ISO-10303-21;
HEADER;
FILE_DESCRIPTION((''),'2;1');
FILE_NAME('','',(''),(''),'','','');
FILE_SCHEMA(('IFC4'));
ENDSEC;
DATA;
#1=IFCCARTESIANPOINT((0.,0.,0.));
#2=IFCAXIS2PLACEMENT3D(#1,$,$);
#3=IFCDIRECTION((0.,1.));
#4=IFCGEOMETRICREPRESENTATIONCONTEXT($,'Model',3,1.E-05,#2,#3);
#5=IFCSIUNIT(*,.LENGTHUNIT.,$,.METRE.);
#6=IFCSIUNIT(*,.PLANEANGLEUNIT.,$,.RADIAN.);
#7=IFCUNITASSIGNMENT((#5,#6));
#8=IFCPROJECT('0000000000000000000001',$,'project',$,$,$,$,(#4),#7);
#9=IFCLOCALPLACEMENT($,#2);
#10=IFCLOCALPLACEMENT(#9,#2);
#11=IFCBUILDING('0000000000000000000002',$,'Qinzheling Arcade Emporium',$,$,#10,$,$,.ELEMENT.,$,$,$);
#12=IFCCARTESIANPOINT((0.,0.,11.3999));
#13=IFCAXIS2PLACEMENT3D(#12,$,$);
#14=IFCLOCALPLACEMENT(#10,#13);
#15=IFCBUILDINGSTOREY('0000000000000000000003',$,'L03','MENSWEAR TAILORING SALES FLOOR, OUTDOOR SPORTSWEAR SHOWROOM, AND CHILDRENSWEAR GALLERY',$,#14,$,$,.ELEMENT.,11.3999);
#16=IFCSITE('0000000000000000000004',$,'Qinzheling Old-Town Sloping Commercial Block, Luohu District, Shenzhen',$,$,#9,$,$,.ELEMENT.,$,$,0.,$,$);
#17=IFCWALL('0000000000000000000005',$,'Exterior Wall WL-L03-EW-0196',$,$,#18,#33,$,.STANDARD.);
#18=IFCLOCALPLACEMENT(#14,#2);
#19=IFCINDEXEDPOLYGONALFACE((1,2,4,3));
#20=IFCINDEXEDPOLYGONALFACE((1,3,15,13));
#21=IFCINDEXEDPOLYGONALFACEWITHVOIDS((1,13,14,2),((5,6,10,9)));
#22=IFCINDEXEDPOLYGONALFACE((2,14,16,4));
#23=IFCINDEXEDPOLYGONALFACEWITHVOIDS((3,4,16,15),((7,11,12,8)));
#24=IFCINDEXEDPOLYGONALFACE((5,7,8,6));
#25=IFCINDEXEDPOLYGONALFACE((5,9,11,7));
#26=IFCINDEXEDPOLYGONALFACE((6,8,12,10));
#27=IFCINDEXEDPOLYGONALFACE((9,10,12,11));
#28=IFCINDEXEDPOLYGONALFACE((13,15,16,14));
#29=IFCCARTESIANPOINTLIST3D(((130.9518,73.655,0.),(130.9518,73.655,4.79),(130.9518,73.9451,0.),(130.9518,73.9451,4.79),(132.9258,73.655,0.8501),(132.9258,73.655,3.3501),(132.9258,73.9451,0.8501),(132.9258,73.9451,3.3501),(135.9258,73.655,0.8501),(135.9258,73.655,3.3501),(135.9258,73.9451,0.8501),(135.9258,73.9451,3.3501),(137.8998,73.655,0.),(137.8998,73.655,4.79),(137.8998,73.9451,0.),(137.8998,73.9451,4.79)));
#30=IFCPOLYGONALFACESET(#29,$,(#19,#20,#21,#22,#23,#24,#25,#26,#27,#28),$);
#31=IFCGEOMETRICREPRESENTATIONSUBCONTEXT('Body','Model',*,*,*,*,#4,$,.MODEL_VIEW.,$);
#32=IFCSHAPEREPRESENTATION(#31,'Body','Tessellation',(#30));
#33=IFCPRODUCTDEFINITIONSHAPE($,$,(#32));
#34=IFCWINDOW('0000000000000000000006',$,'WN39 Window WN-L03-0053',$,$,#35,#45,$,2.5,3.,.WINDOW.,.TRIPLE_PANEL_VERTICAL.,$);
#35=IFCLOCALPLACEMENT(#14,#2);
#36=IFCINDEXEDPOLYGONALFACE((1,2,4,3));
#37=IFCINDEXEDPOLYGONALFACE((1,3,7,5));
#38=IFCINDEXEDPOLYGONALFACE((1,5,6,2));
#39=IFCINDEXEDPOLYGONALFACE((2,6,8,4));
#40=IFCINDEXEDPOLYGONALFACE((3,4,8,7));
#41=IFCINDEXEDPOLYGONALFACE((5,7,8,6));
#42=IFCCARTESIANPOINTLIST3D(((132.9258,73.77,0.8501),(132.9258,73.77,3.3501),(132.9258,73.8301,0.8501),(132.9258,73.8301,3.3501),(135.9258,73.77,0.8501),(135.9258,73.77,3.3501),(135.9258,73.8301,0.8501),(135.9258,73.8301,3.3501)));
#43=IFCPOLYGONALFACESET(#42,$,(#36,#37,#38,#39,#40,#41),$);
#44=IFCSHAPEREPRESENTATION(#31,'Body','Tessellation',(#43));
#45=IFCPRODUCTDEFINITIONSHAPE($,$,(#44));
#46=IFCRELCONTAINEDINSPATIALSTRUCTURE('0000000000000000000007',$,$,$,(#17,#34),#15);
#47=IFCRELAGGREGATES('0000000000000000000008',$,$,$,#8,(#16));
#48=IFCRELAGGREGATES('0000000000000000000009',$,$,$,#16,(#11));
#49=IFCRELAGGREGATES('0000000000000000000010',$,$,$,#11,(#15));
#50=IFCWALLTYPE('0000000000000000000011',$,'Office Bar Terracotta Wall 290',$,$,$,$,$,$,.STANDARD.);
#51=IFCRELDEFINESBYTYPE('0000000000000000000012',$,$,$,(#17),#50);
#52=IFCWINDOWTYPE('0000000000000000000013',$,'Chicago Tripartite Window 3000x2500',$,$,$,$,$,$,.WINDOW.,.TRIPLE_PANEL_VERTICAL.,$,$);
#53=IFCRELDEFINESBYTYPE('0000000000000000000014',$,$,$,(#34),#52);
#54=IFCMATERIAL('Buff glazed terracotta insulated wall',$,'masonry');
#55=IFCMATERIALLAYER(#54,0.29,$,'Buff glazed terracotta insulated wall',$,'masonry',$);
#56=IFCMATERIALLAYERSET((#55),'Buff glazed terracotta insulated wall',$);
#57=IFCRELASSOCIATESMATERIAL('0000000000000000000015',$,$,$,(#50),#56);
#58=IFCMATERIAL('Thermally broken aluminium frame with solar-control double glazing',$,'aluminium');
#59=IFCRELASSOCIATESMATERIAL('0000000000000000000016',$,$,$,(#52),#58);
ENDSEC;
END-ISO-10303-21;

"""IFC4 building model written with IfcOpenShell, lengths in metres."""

from ifc_helpers import new_model, si_unit, direction, frame, frame_2d, origin, place, context, subcontext, project, spatial, rectangle, extrude, material, layer, layer_set, type_object, element, fill, save


model = new_model("IFC4")

# Units and contexts
model_context = context("Model", 3, precision=1e-05, world=origin(), true_north=direction((0.0, 1.0)))
body_context = subcontext(model_context, "Body", "Model", "MODEL_VIEW")
ifc_project = project(units=[si_unit("LENGTHUNIT", "METRE"), si_unit("PLANEANGLEUNIT", "RADIAN")], contexts=[model_context])

# Site, building, storey
site_placement = place(None, origin())
site = spatial("IfcSite", under=ifc_project, at=site_placement, Name="Qinzheling Old-Town Sloping Commercial Block, Luohu District, Shenzhen", CompositionType="ELEMENT", RefElevation=0.0)
building_placement = place(site_placement, origin())
building = spatial("IfcBuilding", under=site, at=building_placement, Name="Qinzheling Arcade Emporium", CompositionType="ELEMENT")
storey_placement = place(building_placement, frame((0.0, 0.0, 11.3999)))
storey = spatial("IfcBuildingStorey", under=building, at=storey_placement, Name="L03", Description="MENSWEAR TAILORING SALES FLOOR, OUTDOOR SPORTSWEAR SHOWROOM, AND CHILDRENSWEAR GALLERY", CompositionType="ELEMENT", Elevation=11.3999)

# Shared definitions
ifc_material_1 = material(Name="Buff glazed terracotta insulated wall", Category="masonry")
ifc_layer_1 = layer(ifc_material_1, 0.29, Name="Buff glazed terracotta insulated wall", Category="masonry")
ifc_layer_set_1 = layer_set([ifc_layer_1], Name="Buff glazed terracotta insulated wall")
wall_type = type_object("IfcWallType", Name="Office Bar Terracotta Wall 290", PredefinedType="STANDARD", material=ifc_layer_set_1)

# Wall, opening, window
wall_1_placement = place(storey_placement, frame((137.8999, 73.8, 0.0), z_axis=(0.0, 0.0, 1.0), x_axis=(-1.0, 0.0, 0.0)))
wall_1 = element("IfcWall", 1, at=wall_1_placement, inside=storey, type_object=wall_type, Name="Exterior Wall WL-L03-EW-0196", PredefinedType="STANDARD", context=body_context, shape_type="SweptSolid", body=[
    extrude(rectangle(XDim=6.948, YDim=0.29, at=frame_2d((3.4741, 0.0))), origin(), (0.0, 0.0, 1.0), 4.79),
])
opening_placement = place(wall_1_placement, frame((1.9741, 0.0, 0.8501)))
opening = element("IfcOpeningElement", 2, at=opening_placement, cuts=wall_1, PredefinedType="OPENING", context=body_context, shape_type="SweptSolid", body=[
    extrude(rectangle(XDim=3.0, YDim=2.5, at=frame_2d((1.5, 1.25))), frame((0.0, 0.155, 0.0), z_axis=(0.0, -1.0, 0.0), x_axis=(1.0, 0.0, 0.0)), (0.0, 0.0, 1.0), 0.3101),
])
ifc_material_2 = material(Name="Thermally broken aluminium frame with solar-control double glazing", Category="aluminium")
window_type = type_object("IfcWindowType", Name="Chicago Tripartite Window 3000x2500", PartitioningType="TRIPLE_PANEL_VERTICAL", PredefinedType="WINDOW", material=ifc_material_2)
window_placement = place(opening_placement, origin())
window = element("IfcWindow", 3, at=window_placement, inside=storey, type_object=window_type, Name="WN39 Window WN-L03-0053", OverallHeight=2.5, OverallWidth=3.0, PartitioningType="TRIPLE_PANEL_VERTICAL", PredefinedType="WINDOW", context=body_context, shape_type="SweptSolid", body=[
    extrude(rectangle(XDim=3.0, YDim=2.5, at=frame_2d((1.5, 1.25))), frame((0.0, 0.03, 0.0), z_axis=(0.0, -1.0, 0.0), x_axis=(1.0, 0.0, 0.0)), (0.0, 0.0, 1.0), 0.0601),
])
fill(opening, window)

save(model, "model.ifc")
